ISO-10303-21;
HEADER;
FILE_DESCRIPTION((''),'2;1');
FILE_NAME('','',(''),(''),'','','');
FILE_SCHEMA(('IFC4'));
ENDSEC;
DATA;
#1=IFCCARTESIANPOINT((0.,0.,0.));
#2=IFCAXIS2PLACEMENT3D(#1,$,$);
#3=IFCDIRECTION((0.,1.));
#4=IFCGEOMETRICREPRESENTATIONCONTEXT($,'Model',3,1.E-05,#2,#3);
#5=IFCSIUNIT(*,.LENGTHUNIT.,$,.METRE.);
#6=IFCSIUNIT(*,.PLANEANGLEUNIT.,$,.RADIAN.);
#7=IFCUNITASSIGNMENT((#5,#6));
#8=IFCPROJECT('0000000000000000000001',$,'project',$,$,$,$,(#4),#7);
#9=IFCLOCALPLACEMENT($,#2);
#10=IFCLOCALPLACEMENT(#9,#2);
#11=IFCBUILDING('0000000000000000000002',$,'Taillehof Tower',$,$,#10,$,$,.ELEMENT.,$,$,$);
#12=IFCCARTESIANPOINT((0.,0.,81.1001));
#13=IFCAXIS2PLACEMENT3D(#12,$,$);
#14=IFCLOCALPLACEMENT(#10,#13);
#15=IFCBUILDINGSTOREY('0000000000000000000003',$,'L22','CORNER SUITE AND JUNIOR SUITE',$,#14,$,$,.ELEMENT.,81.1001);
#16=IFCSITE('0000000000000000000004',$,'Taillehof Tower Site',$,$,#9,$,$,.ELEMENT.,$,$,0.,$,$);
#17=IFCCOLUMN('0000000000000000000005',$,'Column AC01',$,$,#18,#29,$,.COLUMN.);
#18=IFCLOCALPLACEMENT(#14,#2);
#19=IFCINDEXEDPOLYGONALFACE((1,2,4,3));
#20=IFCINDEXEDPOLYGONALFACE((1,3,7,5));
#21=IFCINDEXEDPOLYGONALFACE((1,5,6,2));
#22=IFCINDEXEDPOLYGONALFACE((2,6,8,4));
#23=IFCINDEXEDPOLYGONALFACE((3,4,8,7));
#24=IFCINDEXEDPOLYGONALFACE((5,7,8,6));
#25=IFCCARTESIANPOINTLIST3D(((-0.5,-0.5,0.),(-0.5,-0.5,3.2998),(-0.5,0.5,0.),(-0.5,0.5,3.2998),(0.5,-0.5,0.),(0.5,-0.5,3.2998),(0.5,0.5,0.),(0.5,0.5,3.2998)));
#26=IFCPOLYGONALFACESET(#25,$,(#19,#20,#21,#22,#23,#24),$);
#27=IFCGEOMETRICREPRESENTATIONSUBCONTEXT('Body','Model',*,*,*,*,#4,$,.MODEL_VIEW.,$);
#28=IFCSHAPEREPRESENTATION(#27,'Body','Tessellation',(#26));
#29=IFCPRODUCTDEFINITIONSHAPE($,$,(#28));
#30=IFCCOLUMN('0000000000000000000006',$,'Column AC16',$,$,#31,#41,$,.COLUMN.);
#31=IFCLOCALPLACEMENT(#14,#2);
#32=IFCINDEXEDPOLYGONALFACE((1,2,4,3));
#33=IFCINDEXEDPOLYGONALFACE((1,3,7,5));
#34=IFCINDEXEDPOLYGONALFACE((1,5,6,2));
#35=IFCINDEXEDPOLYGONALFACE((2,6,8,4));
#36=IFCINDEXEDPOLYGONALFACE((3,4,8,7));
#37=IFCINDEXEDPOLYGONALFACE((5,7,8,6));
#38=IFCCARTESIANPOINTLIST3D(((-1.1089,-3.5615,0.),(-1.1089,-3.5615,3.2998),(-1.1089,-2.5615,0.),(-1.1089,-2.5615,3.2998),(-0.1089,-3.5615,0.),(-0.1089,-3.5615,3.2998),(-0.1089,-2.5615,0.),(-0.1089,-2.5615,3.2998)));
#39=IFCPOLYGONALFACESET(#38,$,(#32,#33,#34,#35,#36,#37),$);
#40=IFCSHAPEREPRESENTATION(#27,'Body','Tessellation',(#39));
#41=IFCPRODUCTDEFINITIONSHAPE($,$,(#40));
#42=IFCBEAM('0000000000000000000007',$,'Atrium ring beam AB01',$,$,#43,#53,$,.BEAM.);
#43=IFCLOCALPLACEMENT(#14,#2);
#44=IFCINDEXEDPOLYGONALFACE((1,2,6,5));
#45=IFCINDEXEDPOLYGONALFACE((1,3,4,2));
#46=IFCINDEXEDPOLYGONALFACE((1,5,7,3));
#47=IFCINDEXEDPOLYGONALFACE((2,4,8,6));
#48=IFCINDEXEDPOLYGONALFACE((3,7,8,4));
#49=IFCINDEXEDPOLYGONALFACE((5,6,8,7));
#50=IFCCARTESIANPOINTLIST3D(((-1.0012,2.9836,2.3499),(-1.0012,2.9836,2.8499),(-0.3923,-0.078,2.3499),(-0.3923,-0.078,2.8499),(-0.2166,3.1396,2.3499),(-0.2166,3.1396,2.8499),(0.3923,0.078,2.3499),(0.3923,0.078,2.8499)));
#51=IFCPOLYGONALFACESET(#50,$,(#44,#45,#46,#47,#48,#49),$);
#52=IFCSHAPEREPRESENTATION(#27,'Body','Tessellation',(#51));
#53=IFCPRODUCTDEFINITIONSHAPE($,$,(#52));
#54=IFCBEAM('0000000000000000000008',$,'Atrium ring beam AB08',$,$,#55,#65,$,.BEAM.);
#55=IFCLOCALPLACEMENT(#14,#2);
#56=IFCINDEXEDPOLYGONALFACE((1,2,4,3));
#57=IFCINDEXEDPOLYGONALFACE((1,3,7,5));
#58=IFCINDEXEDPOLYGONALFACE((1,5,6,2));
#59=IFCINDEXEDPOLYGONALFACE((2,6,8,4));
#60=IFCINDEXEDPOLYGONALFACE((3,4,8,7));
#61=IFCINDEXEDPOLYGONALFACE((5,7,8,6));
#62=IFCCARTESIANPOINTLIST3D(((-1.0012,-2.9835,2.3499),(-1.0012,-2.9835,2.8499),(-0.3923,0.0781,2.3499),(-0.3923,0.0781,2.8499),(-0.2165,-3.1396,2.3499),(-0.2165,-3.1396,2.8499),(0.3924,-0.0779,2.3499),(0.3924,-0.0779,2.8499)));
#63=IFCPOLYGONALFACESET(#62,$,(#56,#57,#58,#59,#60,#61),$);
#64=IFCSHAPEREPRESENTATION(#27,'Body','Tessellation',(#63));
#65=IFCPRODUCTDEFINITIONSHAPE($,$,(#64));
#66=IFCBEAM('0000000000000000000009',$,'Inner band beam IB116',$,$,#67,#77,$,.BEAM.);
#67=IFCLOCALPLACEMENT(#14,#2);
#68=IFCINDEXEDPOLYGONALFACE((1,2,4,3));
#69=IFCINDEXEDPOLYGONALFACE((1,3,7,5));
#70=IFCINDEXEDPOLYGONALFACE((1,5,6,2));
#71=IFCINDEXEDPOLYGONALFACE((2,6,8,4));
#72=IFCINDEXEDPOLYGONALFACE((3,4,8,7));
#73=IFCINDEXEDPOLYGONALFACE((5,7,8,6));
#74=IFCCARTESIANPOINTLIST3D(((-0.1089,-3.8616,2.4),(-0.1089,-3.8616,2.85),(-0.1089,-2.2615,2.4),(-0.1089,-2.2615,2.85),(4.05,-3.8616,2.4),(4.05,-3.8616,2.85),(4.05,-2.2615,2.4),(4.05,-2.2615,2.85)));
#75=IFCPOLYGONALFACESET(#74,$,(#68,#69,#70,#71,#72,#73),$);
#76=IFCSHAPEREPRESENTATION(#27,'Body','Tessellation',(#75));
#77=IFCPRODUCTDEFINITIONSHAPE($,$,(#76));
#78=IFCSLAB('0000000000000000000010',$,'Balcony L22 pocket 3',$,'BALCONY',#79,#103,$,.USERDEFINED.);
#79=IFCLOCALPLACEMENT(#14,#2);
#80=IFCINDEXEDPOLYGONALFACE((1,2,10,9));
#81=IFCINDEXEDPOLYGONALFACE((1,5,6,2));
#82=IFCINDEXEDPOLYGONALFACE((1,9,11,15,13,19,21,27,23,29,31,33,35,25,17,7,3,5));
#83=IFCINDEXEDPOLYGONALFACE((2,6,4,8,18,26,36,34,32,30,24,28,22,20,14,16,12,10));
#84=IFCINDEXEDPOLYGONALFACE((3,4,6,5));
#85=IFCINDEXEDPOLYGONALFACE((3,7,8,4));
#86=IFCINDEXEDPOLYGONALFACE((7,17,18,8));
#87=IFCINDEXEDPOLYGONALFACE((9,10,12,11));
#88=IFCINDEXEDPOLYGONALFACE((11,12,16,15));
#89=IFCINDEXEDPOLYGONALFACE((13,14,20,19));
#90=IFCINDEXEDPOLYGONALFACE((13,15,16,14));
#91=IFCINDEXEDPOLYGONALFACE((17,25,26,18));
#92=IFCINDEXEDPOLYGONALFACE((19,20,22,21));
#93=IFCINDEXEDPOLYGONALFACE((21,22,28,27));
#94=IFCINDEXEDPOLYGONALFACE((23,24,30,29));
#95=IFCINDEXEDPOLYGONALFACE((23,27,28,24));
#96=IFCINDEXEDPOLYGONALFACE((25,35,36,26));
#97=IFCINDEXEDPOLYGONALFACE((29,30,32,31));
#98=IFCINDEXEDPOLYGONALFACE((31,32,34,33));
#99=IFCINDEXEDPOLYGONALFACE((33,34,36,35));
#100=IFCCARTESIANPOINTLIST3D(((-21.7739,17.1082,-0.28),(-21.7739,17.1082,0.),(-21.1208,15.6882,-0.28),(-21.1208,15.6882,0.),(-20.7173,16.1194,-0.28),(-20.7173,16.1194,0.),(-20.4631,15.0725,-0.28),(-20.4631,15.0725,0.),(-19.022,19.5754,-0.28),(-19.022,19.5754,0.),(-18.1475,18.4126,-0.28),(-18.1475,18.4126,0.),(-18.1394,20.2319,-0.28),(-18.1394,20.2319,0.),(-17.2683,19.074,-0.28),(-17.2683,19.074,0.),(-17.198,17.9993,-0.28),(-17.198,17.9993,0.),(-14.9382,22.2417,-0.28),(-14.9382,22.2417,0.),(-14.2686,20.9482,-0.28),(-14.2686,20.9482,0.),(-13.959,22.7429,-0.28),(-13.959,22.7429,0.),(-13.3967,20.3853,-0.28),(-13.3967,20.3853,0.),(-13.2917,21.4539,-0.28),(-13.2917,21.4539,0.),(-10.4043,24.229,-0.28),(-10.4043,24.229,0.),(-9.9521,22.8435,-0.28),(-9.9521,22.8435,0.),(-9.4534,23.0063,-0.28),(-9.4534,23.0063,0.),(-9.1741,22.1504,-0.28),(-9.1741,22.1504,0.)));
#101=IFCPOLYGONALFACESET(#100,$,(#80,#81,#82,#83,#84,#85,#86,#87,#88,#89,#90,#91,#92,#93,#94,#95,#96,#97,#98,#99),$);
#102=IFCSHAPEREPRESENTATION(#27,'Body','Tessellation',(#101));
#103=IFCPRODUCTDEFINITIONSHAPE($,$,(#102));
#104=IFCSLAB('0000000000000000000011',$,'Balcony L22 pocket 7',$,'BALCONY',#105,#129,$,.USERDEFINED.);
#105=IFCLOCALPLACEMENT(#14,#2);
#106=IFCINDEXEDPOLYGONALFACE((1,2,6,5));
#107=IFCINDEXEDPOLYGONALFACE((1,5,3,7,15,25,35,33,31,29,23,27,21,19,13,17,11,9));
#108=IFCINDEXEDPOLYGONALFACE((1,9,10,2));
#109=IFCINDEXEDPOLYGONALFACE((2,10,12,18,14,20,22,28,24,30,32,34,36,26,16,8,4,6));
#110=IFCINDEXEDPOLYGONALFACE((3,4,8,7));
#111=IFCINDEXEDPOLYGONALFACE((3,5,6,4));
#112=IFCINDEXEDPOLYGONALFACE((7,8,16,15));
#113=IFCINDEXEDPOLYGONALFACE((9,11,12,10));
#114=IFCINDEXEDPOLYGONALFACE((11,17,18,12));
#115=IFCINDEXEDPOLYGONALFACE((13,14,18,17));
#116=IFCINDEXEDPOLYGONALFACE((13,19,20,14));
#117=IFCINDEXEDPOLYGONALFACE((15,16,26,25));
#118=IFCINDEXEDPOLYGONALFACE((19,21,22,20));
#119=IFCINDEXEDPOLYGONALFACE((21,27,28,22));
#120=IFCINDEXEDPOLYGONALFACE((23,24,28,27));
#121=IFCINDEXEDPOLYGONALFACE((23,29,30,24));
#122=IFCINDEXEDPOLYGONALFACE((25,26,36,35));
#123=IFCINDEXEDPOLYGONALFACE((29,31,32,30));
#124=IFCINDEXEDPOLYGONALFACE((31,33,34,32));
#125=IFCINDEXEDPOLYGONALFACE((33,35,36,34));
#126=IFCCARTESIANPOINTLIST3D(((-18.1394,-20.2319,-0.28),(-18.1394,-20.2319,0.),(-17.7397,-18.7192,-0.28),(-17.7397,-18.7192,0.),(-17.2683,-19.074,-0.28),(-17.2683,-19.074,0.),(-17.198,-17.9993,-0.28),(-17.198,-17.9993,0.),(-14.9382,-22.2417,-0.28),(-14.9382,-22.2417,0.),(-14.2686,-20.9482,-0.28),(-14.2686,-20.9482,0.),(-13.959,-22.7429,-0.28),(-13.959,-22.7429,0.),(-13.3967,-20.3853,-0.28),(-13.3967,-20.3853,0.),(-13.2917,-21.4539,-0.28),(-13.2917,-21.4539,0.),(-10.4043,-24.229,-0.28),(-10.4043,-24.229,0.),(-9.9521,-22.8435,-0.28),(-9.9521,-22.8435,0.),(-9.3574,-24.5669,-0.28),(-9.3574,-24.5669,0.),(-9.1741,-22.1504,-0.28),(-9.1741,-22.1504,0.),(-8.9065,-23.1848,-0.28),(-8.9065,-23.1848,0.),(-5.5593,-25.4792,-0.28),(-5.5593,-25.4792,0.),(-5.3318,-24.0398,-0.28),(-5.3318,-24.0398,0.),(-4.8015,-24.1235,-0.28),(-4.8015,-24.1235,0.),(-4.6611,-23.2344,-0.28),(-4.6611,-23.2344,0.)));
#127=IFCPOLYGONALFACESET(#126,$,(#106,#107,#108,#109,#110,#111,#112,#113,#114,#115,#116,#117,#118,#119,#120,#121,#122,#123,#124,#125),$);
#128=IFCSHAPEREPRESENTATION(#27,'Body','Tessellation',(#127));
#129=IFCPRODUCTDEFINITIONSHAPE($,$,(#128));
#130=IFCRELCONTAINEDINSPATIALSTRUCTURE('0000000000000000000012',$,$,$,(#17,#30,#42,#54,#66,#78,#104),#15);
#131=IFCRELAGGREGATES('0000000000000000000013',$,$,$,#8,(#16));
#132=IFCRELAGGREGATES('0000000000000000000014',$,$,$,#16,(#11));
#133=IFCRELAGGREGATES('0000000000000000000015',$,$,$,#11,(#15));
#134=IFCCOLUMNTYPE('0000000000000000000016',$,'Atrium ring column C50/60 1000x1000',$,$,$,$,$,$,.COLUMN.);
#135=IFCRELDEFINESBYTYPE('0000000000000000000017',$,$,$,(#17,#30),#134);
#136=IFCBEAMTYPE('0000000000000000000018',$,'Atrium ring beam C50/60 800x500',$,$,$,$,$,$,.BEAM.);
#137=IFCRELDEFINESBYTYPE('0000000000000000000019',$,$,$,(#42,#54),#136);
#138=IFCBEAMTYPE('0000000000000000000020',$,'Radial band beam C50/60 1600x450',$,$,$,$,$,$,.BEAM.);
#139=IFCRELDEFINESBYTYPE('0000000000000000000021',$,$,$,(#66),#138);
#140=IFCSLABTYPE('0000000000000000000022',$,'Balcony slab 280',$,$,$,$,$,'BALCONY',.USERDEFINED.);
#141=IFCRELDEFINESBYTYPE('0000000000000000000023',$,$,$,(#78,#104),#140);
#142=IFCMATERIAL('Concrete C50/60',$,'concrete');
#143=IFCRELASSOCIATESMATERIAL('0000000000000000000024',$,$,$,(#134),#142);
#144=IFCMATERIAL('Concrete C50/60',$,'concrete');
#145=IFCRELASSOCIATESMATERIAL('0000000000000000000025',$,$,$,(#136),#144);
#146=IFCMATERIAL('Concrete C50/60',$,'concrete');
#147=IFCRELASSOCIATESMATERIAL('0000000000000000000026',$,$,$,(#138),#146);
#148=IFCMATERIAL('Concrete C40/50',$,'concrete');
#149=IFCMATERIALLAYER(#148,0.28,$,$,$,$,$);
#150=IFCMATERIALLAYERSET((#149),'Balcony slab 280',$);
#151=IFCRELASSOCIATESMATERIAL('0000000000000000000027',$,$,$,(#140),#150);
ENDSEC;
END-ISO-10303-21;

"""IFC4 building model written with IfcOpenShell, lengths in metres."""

from ifc_helpers import new_model, si_unit, direction, frame, origin, origin_2d, place, context, subcontext, project, spatial, polyline, rectangle, outline, extrude, material, layer, layer_set, material_profile, profile_set, type_object, element, save


model = new_model("IFC4")

# Units and contexts
model_context = context("Model", 3, precision=1e-05, world=origin(), true_north=direction((0.0, 1.0)))
body_context = subcontext(model_context, "Body", "Model", "MODEL_VIEW")
ifc_project = project(units=[si_unit("LENGTHUNIT", "METRE"), si_unit("PLANEANGLEUNIT", "RADIAN")], contexts=[model_context])

# Site, building, storey
site_placement = place(None, origin())
site = spatial("IfcSite", under=ifc_project, at=site_placement, Name="Taillehof Tower Site", CompositionType="ELEMENT", RefElevation=0.0)
building_placement = place(site_placement, origin())
building = spatial("IfcBuilding", under=site, at=building_placement, Name="Taillehof Tower", CompositionType="ELEMENT")
storey_placement = place(building_placement, frame((0.0, 0.0, 81.1001)))
storey = spatial("IfcBuildingStorey", under=building, at=storey_placement, Name="L22", Description="CORNER SUITE AND JUNIOR SUITE", CompositionType="ELEMENT", Elevation=81.1001)

# Columns
ifc_material_1 = material(Name="Concrete C50/60", Category="concrete")
ifc_material_profile_1 = material_profile(ifc_material_1, rectangle(XDim=1.0, YDim=1.0, at=origin_2d()), Name="RC 1000x1000")
ifc_profile_set_1 = profile_set([ifc_material_profile_1], Name="Concrete C50/60")
column_type = type_object("IfcColumnType", Name="Atrium ring column C50/60 1000x1000", PredefinedType="COLUMN", material=ifc_profile_set_1)
for number, where, z_axis, x_axis, name in (
    (1, (0.0, 0.0, 0.0), (0.0, 0.0, 1.0), (1.0, 0.0, 0.0), "Column AC01"),
    (2, (-0.6089, -3.0615, 0.0), (0.0, 0.0, 1.0), (1.0, 0.0, 0.0), "Column AC16"),
):
    element("IfcColumn", number, at=place(storey_placement, frame(where, z_axis=z_axis, x_axis=x_axis)), inside=storey, type_object=column_type, Name=name, PredefinedType="COLUMN", context=body_context, shape_type="SweptSolid", body=[
        extrude(rectangle(XDim=1.0, YDim=1.0, at=origin_2d()), origin(), (0.0, 0.0, 1.0), 3.2998),
    ])

# Beams
ifc_material_2 = material(Name="Concrete C50/60", Category="concrete")
ifc_material_profile_2 = material_profile(ifc_material_2, rectangle(XDim=0.8, YDim=0.5, at=origin_2d()), Name="RC 800x500")
ifc_profile_set_2 = profile_set([ifc_material_profile_2], Name="Concrete C50/60")
beam_type_1 = type_object("IfcBeamType", Name="Atrium ring beam C50/60 800x500", PredefinedType="BEAM", material=ifc_profile_set_2)
for number, where, z_axis, x_axis, name in (
    (3, (0.0, 0.0, 2.5999), (-0.195063, 0.980791, 0.0), (-0.980791, -0.195063, 0.0), "Atrium ring beam AB01"),
    (4, (-0.6089, -3.0615, 2.5999), (0.195063, 0.980791, 0.0), (-0.980791, 0.195063, 0.0), "Atrium ring beam AB08"),
):
    element("IfcBeam", number, at=place(storey_placement, frame(where, z_axis=z_axis, x_axis=x_axis)), inside=storey, type_object=beam_type_1, Name=name, PredefinedType="BEAM", context=body_context, shape_type="SweptSolid", body=[
        extrude(rectangle(XDim=0.8, YDim=0.5, at=origin_2d()), origin(), (0.0, 0.0, 1.0), 3.1216),
    ])
ifc_material_3 = material(Name="Concrete C50/60", Category="concrete")
ifc_material_profile_3 = material_profile(ifc_material_3, rectangle(XDim=1.6001, YDim=0.45, at=origin_2d()), Name="RC 1600x450")
ifc_profile_set_3 = profile_set([ifc_material_profile_3], Name="Concrete C50/60")
beam_type_2 = type_object("IfcBeamType", Name="Radial band beam C50/60 1600x450", PredefinedType="BEAM", material=ifc_profile_set_3)
beam_placement = place(storey_placement, frame((-0.1089, -3.0615, 2.625), z_axis=(1.0, 0.0, 0.0), x_axis=(0.0, 1.0, 0.0)))
element("IfcBeam", 5, at=beam_placement, inside=storey, type_object=beam_type_2, Name="Inner band beam IB116", PredefinedType="BEAM", context=body_context, shape_type="SweptSolid", body=[
    extrude(rectangle(XDim=1.6001, YDim=0.45, at=origin_2d()), origin(), (0.0, 0.0, 1.0), 4.1589),
])

# Slabs
ifc_material_4 = material(Name="Concrete C40/50", Category="concrete")
ifc_layer_1 = layer(ifc_material_4, 0.28)
ifc_layer_set_1 = layer_set([ifc_layer_1], Name="Balcony slab 280")
slab_type_1 = type_object("IfcSlabType", Name="Balcony slab 280", ElementType="BALCONY", PredefinedType="USERDEFINED", material=ifc_layer_set_1)
slab_1_placement = place(storey_placement, frame((0.0, 0.0, -0.28)))
element("IfcSlab", 6, at=slab_1_placement, inside=storey, type_object=slab_type_1, Name="Balcony L22 pocket 3", ObjectType="BALCONY", PredefinedType="USERDEFINED", context=body_context, shape_type="SweptSolid", body=[
    extrude(outline(polyline([(-20.4631, 15.0725), (-21.1208, 15.6882), (-20.7173, 16.1194), (-21.7739, 17.1082), (-19.022, 19.5754), (-18.1475, 18.4126), (-17.2683, 19.074), (-18.1394, 20.2319), (-14.9382, 22.2417), (-14.2686, 20.9482), (-13.2917, 21.4539), (-13.959, 22.7429), (-10.4043, 24.229), (-9.9521, 22.8435), (-9.4534, 23.0063), (-9.1741, 22.1504), (-13.3967, 20.3853), (-17.198, 17.9993), (-20.4631, 15.0725)])), origin(), (0.0, 0.0, 1.0), 0.28),
])
slab_2_placement = place(storey_placement, frame((0.0, 0.0, -0.28)))
element("IfcSlab", 7, at=slab_2_placement, inside=storey, type_object=slab_type_1, Name="Balcony L22 pocket 7", ObjectType="BALCONY", PredefinedType="USERDEFINED", context=body_context, shape_type="SweptSolid", body=[
    extrude(outline(polyline([(-4.6611, -23.2344), (-4.8015, -24.1235), (-5.3318, -24.0398), (-5.5593, -25.4792), (-9.3574, -24.5669), (-8.9065, -23.1848), (-9.9521, -22.8435), (-10.4043, -24.229), (-13.959, -22.7429), (-13.2917, -21.4539), (-14.2686, -20.9482), (-14.9382, -22.2417), (-18.1394, -20.2319), (-17.2683, -19.074), (-17.7397, -18.7192), (-17.198, -17.9993), (-13.3967, -20.3853), (-9.1741, -22.1504), (-4.6611, -23.2344)])), origin(), (0.0, 0.0, 1.0), 0.28),
])

save(model, "model.ifc")
